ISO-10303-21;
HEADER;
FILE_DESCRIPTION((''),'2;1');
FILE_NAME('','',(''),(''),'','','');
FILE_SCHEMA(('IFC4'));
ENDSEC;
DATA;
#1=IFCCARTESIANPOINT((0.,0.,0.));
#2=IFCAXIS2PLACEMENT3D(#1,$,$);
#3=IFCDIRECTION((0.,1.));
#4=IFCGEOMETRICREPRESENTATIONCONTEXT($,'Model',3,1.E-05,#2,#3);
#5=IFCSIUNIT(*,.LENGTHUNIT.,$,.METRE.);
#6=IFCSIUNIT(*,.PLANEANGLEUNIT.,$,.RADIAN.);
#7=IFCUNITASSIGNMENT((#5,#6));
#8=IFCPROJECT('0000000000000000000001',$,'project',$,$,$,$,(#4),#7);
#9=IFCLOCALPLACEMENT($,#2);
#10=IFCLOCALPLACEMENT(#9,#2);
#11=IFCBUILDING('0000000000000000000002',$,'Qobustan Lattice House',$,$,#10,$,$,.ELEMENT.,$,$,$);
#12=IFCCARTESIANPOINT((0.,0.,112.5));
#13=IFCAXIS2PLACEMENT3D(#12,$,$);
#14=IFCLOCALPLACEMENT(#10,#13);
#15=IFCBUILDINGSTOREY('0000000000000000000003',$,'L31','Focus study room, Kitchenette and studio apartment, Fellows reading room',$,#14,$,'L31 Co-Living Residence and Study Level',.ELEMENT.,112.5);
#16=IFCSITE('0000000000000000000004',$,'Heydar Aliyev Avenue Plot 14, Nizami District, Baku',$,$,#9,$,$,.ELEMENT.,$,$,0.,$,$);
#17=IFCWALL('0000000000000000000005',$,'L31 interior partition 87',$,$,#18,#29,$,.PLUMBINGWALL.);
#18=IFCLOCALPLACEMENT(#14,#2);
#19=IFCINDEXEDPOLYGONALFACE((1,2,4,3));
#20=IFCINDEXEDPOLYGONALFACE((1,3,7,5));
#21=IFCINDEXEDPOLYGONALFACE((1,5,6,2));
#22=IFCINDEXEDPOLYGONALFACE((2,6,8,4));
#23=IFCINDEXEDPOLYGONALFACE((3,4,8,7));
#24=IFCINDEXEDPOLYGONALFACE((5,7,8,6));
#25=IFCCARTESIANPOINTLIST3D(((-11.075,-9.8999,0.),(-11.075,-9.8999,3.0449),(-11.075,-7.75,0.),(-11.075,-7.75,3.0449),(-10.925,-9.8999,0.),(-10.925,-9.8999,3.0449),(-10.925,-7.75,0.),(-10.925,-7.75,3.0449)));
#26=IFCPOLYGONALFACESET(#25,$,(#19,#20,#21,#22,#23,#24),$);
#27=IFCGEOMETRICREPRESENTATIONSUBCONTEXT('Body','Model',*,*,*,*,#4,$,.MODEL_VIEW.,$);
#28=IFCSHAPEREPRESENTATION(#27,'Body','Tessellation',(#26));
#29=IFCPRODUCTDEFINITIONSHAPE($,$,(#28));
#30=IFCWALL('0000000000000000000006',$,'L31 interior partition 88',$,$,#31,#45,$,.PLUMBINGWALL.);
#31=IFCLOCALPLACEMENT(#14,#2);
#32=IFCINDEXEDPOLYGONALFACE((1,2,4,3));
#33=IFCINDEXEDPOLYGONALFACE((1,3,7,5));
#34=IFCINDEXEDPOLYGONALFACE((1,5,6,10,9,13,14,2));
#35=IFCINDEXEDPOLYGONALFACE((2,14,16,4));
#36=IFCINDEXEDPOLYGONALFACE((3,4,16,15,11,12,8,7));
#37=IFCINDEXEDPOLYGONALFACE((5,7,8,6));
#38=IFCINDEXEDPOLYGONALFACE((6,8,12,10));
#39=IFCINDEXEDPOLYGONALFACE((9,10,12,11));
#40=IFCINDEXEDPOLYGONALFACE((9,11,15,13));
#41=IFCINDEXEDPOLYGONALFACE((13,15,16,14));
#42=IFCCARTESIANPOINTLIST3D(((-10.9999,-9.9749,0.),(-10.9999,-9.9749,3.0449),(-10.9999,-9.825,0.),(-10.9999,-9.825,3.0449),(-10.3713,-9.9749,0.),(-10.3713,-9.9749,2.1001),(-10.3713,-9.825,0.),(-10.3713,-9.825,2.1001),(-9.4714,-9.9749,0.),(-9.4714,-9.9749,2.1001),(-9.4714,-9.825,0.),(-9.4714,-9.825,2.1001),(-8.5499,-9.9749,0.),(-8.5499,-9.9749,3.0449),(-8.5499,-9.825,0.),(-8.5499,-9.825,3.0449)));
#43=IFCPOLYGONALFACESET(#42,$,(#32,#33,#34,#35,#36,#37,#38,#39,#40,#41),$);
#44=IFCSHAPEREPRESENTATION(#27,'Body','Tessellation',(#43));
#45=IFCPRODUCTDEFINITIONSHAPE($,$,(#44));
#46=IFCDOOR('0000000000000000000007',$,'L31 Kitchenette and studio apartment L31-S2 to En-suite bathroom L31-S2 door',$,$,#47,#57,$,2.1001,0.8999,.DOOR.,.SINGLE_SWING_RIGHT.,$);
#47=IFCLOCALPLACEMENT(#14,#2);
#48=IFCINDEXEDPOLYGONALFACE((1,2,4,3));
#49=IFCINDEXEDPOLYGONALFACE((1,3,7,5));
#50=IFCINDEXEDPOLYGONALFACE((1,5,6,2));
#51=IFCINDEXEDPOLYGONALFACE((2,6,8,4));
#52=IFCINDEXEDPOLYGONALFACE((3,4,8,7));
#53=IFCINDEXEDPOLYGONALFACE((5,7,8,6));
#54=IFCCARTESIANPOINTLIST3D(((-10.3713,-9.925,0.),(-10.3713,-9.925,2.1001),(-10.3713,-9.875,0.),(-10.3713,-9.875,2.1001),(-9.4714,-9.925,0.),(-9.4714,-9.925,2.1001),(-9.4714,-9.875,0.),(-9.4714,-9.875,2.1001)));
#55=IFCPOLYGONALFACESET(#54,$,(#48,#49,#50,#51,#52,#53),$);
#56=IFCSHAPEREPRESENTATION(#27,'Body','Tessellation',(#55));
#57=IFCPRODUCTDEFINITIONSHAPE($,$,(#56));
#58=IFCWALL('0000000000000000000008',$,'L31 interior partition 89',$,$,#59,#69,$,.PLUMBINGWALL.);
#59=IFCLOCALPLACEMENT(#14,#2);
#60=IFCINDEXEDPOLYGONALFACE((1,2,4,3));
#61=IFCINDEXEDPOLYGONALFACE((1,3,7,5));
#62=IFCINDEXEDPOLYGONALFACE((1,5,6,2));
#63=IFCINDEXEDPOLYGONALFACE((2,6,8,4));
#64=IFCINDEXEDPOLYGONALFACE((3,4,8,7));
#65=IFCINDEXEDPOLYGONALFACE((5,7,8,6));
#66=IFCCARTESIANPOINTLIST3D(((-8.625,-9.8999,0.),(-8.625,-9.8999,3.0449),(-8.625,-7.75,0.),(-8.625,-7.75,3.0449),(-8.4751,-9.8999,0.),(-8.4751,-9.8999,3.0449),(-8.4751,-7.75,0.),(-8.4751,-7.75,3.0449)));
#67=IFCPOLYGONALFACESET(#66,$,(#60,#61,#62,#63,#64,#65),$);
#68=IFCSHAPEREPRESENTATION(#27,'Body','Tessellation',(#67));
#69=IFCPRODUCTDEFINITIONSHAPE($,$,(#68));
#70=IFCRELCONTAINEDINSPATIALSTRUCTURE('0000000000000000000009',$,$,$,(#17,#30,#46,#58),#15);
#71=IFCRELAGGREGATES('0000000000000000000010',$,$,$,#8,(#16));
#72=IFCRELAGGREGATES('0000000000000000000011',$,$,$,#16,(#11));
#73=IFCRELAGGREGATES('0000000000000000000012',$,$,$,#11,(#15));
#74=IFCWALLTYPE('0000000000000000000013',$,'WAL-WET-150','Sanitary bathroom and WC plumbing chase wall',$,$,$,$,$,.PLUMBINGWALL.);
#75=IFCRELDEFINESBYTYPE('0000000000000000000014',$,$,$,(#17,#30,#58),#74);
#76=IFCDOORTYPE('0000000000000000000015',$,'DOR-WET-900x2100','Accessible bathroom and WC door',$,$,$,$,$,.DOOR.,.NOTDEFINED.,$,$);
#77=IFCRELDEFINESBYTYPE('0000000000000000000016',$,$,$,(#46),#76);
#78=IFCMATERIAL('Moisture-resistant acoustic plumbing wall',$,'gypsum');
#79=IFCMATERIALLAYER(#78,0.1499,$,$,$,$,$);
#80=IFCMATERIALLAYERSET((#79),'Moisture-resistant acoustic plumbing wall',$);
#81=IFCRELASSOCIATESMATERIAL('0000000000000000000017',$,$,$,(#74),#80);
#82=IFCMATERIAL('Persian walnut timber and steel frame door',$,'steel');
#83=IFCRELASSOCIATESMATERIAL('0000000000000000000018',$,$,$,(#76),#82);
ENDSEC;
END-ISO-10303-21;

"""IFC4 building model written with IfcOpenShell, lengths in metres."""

from ifc_helpers import new_model, si_unit, direction, frame, frame_2d, origin, place, context, subcontext, project, spatial, rectangle, extrude, material, layer, layer_set, type_object, element, fill, save


model = new_model("IFC4")

# Units and contexts
model_context = context("Model", 3, precision=1e-05, world=origin(), true_north=direction((0.0, 1.0)))
body_context = subcontext(model_context, "Body", "Model", "MODEL_VIEW")
ifc_project = project(units=[si_unit("LENGTHUNIT", "METRE"), si_unit("PLANEANGLEUNIT", "RADIAN")], contexts=[model_context])

# Site, building, storey
site_placement = place(None, origin())
site = spatial("IfcSite", under=ifc_project, at=site_placement, Name="Heydar Aliyev Avenue Plot 14, Nizami District, Baku", CompositionType="ELEMENT", RefElevation=0.0)
building_placement = place(site_placement, origin())
building = spatial("IfcBuilding", under=site, at=building_placement, Name="Qobustan Lattice House", CompositionType="ELEMENT")
storey_placement = place(building_placement, frame((0.0, 0.0, 112.5)))
storey = spatial("IfcBuildingStorey", under=building, at=storey_placement, Name="L31", Description="Focus study room, Kitchenette and studio apartment, Fellows reading room", LongName="L31 Co-Living Residence and Study Level", CompositionType="ELEMENT", Elevation=112.5)

# Wall
ifc_material_1 = material(Name="Moisture-resistant acoustic plumbing wall", Category="gypsum")
ifc_layer_1 = layer(ifc_material_1, 0.1499)
ifc_layer_set_1 = layer_set([ifc_layer_1], Name="Moisture-resistant acoustic plumbing wall")
wall_type_1 = type_object("IfcWallType", Name="WAL-WET-150", Description="Sanitary bathroom and WC plumbing chase wall", PredefinedType="PLUMBINGWALL", material=ifc_layer_set_1)
wall_1_placement = place(storey_placement, frame((-11.0, -7.75, 0.0), z_axis=(0.0, 0.0, 1.0), x_axis=(0.0, -1.0, 0.0)))
element("IfcWall", 1, at=wall_1_placement, inside=storey, type_object=wall_type_1, Name="L31 interior partition 87", PredefinedType="PLUMBINGWALL", context=body_context, shape_type="SweptSolid", body=[
    extrude(rectangle(XDim=2.1499, YDim=0.1499, at=frame_2d((1.075, 0.0))), origin(), (0.0, 0.0, 1.0), 3.0449),
])

# Wall, opening, door
wall_2_placement = place(storey_placement, frame((-11.0, -9.8999, 0.0), z_axis=(0.0, 0.0, 1.0), x_axis=(1.0, 0.0, 0.0)))
wall_2 = element("IfcWall", 2, at=wall_2_placement, inside=storey, type_object=wall_type_1, Name="L31 interior partition 88", PredefinedType="PLUMBINGWALL", context=body_context, shape_type="SweptSolid", body=[
    extrude(rectangle(XDim=2.45, YDim=0.1499, at=frame_2d((1.2251, 0.0))), origin(), (0.0, 0.0, 1.0), 3.0449),
])
opening_1_placement = place(wall_2_placement, frame((0.6287, 0.0, 0.0)))
opening_1 = element("IfcOpeningElement", 3, at=opening_1_placement, cuts=wall_2, PredefinedType="OPENING", context=body_context, shape_type="SweptSolid", body=[
    extrude(rectangle(XDim=0.8999, YDim=2.1001, at=frame_2d((0.45, 1.05))), frame((0.0, 0.085, 0.0), z_axis=(0.0, -1.0, 0.0), x_axis=(1.0, 0.0, 0.0)), (0.0, 0.0, 1.0), 0.1699),
])
ifc_material_2 = material(Name="Persian walnut timber and steel frame door", Category="steel")
door_type_1 = type_object("IfcDoorType", Name="DOR-WET-900x2100", Description="Accessible bathroom and WC door", OperationType="NOTDEFINED", PredefinedType="DOOR", material=ifc_material_2)
door_1_placement = place(opening_1_placement, origin())
door_1 = element("IfcDoor", 4, at=door_1_placement, inside=storey, type_object=door_type_1, Name="L31 Kitchenette and studio apartment L31-S2 to En-suite bathroom L31-S2 door", OperationType="SINGLE_SWING_RIGHT", OverallHeight=2.1001, OverallWidth=0.8999, PredefinedType="DOOR", context=body_context, shape_type="SweptSolid", body=[
    extrude(rectangle(XDim=0.8999, YDim=2.1001, at=frame_2d((0.45, 1.05))), frame((0.0, 0.0249, 0.0), z_axis=(0.0, -1.0, 0.0), x_axis=(1.0, 0.0, 0.0)), (0.0, 0.0, 1.0), 0.05),
])
fill(opening_1, door_1)

# Wall
wall_3_placement = place(storey_placement, frame((-8.55, -9.8999, 0.0), z_axis=(0.0, 0.0, 1.0), x_axis=(0.0, 1.0, 0.0)))
element("IfcWall", 5, at=wall_3_placement, inside=storey, type_object=wall_type_1, Name="L31 interior partition 89", PredefinedType="PLUMBINGWALL", context=body_context, shape_type="SweptSolid", body=[
    extrude(rectangle(XDim=2.1499, YDim=0.1499, at=frame_2d((1.075, 0.0))), origin(), (0.0, 0.0, 1.0), 3.0449),
])

save(model, "model.ifc")
